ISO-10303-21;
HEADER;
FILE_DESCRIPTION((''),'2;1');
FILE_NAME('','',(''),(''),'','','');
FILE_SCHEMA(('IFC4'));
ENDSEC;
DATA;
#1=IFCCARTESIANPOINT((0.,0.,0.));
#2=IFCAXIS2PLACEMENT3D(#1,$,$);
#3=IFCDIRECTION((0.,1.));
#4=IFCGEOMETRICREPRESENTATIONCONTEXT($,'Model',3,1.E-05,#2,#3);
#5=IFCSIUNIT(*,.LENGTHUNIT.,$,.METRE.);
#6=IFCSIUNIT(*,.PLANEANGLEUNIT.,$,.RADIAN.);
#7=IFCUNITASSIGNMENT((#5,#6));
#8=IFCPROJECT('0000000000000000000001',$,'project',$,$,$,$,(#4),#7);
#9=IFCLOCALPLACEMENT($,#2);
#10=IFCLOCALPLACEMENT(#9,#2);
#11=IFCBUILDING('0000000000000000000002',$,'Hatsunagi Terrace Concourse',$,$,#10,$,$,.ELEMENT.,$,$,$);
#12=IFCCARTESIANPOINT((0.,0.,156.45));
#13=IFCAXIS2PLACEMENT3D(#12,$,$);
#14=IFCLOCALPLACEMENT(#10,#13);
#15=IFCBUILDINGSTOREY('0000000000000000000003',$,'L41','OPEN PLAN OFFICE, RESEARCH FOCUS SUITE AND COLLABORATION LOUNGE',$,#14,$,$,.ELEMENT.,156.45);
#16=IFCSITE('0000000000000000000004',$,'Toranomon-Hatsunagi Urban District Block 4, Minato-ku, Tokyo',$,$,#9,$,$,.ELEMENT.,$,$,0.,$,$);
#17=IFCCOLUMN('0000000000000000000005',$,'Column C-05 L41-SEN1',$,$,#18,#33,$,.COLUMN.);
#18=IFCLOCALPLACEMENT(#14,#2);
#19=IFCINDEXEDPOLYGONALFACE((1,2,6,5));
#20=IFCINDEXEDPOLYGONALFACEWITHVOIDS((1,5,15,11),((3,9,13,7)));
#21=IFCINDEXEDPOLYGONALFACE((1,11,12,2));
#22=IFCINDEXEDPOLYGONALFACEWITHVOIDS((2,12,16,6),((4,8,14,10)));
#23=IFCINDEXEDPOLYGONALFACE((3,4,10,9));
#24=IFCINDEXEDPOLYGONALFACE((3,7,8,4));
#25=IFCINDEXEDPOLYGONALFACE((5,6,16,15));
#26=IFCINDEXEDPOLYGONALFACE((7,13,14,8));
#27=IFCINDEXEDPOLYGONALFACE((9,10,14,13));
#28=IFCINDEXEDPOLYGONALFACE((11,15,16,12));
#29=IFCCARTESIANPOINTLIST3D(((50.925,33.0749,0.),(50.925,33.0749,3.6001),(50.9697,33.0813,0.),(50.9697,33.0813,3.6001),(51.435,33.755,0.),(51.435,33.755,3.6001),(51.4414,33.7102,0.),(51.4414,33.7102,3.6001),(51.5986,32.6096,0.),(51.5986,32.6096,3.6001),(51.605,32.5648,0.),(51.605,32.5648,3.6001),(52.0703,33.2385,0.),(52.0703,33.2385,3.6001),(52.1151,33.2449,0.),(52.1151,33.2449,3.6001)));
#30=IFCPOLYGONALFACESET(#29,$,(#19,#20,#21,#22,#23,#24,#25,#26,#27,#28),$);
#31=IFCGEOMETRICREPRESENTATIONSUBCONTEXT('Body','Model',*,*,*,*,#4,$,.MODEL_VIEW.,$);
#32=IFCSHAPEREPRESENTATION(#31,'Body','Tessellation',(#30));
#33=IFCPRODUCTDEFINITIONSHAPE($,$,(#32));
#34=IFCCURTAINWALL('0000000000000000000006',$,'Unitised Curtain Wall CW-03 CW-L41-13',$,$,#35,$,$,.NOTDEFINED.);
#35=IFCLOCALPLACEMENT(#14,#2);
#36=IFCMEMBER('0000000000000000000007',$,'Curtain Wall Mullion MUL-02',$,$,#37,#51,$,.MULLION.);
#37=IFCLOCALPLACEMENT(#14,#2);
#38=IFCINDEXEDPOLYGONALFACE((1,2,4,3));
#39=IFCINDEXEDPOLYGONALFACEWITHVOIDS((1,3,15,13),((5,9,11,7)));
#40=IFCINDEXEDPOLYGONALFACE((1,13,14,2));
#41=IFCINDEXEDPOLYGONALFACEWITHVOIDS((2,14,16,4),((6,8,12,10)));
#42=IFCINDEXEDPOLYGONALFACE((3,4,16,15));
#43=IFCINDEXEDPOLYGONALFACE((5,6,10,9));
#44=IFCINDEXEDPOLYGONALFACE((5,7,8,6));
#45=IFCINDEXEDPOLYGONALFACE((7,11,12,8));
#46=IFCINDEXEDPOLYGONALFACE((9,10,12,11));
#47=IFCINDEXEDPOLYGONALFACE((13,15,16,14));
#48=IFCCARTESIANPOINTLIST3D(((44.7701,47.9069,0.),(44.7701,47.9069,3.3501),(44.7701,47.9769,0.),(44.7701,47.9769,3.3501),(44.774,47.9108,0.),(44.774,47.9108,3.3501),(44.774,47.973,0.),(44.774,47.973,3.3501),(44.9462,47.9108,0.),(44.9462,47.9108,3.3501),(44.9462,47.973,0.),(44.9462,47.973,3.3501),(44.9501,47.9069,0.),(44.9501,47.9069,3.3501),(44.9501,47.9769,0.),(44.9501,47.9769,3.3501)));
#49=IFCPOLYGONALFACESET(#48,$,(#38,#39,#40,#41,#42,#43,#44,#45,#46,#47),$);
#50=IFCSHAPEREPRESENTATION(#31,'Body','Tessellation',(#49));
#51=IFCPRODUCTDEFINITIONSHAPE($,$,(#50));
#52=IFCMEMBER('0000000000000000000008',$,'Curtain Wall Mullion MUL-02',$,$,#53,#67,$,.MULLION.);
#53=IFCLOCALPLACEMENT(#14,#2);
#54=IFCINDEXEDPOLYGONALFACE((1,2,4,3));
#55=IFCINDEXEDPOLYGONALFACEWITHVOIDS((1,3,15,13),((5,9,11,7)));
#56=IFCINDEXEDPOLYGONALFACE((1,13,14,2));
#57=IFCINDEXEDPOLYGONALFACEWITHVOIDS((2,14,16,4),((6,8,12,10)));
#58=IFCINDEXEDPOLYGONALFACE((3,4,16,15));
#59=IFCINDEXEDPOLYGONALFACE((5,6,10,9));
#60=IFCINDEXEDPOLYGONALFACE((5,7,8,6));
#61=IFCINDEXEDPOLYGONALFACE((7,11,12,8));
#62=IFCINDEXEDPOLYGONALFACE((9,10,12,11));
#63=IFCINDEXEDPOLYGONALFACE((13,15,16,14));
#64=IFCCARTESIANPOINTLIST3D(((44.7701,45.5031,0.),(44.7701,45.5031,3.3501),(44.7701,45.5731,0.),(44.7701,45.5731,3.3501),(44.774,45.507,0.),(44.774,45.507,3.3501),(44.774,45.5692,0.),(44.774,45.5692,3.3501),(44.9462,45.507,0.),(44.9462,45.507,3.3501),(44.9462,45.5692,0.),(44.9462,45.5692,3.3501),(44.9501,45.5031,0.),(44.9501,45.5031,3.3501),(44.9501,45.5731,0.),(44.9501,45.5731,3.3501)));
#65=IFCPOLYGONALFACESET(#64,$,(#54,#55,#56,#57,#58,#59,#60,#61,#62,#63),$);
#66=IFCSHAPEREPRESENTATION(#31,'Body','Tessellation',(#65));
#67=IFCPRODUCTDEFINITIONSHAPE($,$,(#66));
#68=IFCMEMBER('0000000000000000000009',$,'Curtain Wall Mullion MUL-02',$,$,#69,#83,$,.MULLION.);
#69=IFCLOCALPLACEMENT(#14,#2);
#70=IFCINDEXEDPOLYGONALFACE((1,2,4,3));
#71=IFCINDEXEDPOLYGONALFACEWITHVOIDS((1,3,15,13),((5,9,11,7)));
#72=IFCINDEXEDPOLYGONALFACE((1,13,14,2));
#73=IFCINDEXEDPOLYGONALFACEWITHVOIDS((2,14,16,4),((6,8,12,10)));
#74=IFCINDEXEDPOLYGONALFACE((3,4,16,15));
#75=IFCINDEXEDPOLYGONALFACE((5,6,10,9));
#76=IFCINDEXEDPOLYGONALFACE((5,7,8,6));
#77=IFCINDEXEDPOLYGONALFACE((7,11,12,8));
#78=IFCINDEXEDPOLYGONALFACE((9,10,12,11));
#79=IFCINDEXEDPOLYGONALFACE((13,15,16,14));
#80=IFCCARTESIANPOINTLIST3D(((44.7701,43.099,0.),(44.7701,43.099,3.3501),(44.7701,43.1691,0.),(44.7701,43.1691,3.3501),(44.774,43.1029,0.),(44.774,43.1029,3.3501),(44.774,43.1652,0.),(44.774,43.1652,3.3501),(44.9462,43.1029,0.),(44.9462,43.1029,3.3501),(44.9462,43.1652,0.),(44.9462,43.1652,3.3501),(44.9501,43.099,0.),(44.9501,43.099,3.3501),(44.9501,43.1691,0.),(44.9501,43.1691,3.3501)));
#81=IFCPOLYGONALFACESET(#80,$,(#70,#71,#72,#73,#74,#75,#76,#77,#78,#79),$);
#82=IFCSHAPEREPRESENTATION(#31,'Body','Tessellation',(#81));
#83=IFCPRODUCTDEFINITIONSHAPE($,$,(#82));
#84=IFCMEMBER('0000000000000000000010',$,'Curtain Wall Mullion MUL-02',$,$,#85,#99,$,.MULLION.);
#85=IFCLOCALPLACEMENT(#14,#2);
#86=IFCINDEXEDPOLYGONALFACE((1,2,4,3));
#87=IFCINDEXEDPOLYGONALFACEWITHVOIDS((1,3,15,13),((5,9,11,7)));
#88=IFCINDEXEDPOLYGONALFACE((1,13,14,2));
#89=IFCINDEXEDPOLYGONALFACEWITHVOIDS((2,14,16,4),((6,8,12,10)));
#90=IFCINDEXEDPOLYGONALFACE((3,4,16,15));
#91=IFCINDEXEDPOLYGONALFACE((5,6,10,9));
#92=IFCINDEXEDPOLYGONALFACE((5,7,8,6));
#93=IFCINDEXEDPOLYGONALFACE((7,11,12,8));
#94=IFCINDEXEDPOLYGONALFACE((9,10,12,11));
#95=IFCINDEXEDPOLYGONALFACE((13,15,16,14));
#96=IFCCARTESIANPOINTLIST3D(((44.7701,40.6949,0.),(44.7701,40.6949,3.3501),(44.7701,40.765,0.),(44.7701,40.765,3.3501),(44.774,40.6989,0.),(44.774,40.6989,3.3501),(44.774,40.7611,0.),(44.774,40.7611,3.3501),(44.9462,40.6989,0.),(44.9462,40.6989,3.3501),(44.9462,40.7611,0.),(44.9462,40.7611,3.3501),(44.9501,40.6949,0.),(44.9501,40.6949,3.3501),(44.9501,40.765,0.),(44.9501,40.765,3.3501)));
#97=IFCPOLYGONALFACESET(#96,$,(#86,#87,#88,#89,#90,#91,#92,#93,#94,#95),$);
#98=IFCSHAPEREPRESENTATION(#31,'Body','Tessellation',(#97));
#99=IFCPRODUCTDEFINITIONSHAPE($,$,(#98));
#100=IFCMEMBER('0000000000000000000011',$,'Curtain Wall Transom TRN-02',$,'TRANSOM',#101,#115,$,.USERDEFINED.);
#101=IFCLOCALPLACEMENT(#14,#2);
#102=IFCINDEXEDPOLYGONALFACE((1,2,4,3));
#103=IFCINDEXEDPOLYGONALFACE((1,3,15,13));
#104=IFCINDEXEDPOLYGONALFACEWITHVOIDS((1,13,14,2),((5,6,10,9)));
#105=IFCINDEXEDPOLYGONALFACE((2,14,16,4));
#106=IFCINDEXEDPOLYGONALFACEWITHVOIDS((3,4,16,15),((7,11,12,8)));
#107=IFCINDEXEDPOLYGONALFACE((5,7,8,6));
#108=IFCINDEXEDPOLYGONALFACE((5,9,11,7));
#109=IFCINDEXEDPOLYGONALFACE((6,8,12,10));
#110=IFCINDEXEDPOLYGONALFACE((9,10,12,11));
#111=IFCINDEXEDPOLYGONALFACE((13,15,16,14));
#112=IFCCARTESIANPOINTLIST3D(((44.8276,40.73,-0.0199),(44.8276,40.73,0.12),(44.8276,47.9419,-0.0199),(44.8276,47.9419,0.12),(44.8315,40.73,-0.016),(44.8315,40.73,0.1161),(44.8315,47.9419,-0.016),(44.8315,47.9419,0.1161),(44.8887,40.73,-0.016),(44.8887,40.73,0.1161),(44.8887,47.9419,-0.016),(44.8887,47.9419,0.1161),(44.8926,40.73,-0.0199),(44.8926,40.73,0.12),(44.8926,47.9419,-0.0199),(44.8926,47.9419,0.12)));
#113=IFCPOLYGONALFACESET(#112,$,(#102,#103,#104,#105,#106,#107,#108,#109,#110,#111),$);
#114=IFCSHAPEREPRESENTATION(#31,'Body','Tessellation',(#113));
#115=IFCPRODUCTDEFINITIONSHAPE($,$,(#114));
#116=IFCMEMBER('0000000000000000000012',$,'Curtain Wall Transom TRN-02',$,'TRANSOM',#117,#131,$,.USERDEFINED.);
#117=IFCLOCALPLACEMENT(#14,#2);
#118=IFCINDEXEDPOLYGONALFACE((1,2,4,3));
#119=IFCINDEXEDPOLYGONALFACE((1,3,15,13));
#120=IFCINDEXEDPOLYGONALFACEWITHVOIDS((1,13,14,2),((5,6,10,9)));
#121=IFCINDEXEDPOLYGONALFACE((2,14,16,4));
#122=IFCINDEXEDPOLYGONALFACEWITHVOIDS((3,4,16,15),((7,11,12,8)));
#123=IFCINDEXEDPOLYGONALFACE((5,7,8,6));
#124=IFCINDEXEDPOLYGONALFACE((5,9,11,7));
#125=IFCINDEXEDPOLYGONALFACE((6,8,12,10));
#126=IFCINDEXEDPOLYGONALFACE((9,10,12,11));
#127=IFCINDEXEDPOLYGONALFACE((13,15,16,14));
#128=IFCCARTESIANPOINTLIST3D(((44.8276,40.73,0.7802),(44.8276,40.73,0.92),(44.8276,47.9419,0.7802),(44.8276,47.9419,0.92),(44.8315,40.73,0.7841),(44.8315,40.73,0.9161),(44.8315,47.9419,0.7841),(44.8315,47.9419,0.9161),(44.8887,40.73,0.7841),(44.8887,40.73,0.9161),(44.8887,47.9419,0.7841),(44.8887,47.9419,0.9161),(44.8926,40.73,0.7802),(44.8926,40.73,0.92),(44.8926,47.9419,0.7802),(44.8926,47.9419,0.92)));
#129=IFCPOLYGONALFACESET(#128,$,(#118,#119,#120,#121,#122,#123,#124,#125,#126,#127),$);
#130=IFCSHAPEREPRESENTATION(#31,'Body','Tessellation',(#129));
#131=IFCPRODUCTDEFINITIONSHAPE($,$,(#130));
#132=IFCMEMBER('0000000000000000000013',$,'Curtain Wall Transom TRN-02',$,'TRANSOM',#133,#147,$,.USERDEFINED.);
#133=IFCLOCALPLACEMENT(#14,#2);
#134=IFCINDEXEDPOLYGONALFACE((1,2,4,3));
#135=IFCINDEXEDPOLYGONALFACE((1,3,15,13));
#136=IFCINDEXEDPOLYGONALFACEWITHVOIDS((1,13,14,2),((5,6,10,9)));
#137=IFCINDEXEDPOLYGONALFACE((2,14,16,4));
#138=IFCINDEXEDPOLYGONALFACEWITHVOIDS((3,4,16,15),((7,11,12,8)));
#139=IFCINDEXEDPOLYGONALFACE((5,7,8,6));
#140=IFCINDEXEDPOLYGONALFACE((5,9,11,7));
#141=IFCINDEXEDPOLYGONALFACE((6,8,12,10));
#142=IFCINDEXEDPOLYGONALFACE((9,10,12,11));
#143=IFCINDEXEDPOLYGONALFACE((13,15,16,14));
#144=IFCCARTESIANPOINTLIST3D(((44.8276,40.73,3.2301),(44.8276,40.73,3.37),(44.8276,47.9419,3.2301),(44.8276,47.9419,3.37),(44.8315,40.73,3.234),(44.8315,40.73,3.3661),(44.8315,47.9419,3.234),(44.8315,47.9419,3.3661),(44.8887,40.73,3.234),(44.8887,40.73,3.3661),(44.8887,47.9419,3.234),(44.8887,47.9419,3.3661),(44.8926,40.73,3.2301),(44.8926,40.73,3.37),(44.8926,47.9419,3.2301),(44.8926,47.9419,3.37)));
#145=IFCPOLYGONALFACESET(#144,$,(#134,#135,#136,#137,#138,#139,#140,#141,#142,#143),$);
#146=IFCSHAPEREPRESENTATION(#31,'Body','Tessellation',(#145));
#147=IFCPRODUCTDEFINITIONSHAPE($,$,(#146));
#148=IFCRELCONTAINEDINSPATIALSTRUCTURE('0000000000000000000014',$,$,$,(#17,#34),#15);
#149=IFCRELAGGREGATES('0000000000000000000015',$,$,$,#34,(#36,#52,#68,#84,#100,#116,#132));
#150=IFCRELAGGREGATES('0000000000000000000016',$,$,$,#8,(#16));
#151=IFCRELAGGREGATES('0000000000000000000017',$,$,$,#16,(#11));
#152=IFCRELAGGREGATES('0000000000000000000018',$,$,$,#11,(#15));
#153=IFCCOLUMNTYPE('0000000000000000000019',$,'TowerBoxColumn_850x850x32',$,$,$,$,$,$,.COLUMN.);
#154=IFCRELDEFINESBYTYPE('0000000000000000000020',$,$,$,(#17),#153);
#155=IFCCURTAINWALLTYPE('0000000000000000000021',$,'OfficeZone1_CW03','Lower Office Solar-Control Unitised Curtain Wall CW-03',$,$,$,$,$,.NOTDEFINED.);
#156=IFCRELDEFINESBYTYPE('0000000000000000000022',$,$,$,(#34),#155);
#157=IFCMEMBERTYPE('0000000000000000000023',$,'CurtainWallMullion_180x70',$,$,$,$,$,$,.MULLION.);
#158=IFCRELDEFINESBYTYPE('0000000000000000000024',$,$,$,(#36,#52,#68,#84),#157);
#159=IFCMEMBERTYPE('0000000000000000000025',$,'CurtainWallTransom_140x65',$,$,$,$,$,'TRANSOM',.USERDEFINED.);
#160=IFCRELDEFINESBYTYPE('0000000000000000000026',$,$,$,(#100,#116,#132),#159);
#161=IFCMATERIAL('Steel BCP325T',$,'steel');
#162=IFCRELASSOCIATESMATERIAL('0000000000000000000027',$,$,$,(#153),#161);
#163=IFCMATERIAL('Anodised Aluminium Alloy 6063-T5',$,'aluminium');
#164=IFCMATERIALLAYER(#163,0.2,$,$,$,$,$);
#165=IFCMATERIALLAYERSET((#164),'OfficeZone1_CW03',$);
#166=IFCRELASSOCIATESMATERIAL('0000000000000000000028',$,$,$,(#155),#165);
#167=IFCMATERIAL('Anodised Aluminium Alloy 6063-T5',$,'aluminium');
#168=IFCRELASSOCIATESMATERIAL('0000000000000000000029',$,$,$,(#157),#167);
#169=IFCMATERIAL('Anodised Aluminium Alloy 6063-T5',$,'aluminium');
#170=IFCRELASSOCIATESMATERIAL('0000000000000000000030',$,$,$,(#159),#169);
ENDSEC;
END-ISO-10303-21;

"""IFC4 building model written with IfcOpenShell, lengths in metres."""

from ifc_helpers import new_model, si_unit, direction, frame, origin, origin_2d, place, context, subcontext, project, spatial, hollow_rectangle, extrude, material, layer, layer_set, material_profile, profile_set, type_object, element, aggregate, save


model = new_model("IFC4")

# Units and contexts
model_context = context("Model", 3, precision=1e-05, world=origin(), true_north=direction((0.0, 1.0)))
body_context = subcontext(model_context, "Body", "Model", "MODEL_VIEW")
ifc_project = project(units=[si_unit("LENGTHUNIT", "METRE"), si_unit("PLANEANGLEUNIT", "RADIAN")], contexts=[model_context])

# Site, building, storey
site_placement = place(None, origin())
site = spatial("IfcSite", under=ifc_project, at=site_placement, Name="Toranomon-Hatsunagi Urban District Block 4, Minato-ku, Tokyo", CompositionType="ELEMENT", RefElevation=0.0)
building_placement = place(site_placement, origin())
building = spatial("IfcBuilding", under=site, at=building_placement, Name="Hatsunagi Terrace Concourse", CompositionType="ELEMENT")
storey_placement = place(building_placement, frame((0.0, 0.0, 156.45)))
storey = spatial("IfcBuildingStorey", under=building, at=storey_placement, Name="L41", Description="OPEN PLAN OFFICE, RESEARCH FOCUS SUITE AND COLLABORATION LOUNGE", CompositionType="ELEMENT", Elevation=156.45)

# Column
ifc_material_1 = material(Name="Steel BCP325T", Category="steel")
ifc_material_profile_1 = material_profile(ifc_material_1, hollow_rectangle(XDim=0.8501, YDim=0.8501, WallThickness=0.032, at=origin_2d()), Name="BCP-850x850x32")
ifc_profile_set_1 = profile_set([ifc_material_profile_1], Name="Steel BCP325T")
column_type = type_object("IfcColumnType", Name="TowerBoxColumn_850x850x32", PredefinedType="COLUMN", material=ifc_profile_set_1)
column_placement = place(storey_placement, frame((51.52, 33.1599, 0.0), z_axis=(0.0, 0.0, 1.0), x_axis=(0.8, -0.6, 0.0)))
element("IfcColumn", 1, at=column_placement, inside=storey, type_object=column_type, Name="Column C-05 L41-SEN1", PredefinedType="COLUMN", context=body_context, shape_type="SweptSolid", body=[
    extrude(hollow_rectangle(XDim=0.8501, YDim=0.8501, WallThickness=0.032, at=origin_2d()), origin(), (0.0, 0.0, 1.0), 3.6001),
])

# Curtain wall, members
ifc_material_2 = material(Name="Anodised Aluminium Alloy 6063-T5", Category="aluminium")
ifc_layer_1 = layer(ifc_material_2, 0.2)
ifc_layer_set_1 = layer_set([ifc_layer_1], Name="OfficeZone1_CW03")
curtain_wall_type = type_object("IfcCurtainWallType", Name="OfficeZone1_CW03", Description="Lower Office Solar-Control Unitised Curtain Wall CW-03", PredefinedType="NOTDEFINED", material=ifc_layer_set_1)
curtain_wall_placement = place(storey_placement, origin())
curtain_wall = element("IfcCurtainWall", 2, at=curtain_wall_placement, inside=storey, type_object=curtain_wall_type, Name="Unitised Curtain Wall CW-03 CW-L41-13", PredefinedType="NOTDEFINED")
ifc_material_3 = material(Name="Anodised Aluminium Alloy 6063-T5", Category="aluminium")
ifc_material_profile_2 = material_profile(ifc_material_3, hollow_rectangle(XDim=0.0701, YDim=0.1799, WallThickness=0.0039, at=origin_2d()), Name="ALU-MUL-180x70x4")
ifc_profile_set_2 = profile_set([ifc_material_profile_2], Name="Anodised Aluminium Alloy 6063-T5")
member_type_1 = type_object("IfcMemberType", Name="CurtainWallMullion_180x70", PredefinedType="MULLION", material=ifc_profile_set_2)
member_1_placement = place(storey_placement, frame((44.8601, 47.9419, 0.0), z_axis=(0.0, 0.0, 1.0), x_axis=(0.0, -1.0, 0.0)))
member_1 = element("IfcMember", 3, at=member_1_placement, type_object=member_type_1, Name="Curtain Wall Mullion MUL-02", PredefinedType="MULLION", context=body_context, shape_type="SweptSolid", body=[
    extrude(hollow_rectangle(XDim=0.0701, YDim=0.1799, WallThickness=0.0039, at=origin_2d()), origin(), (0.0, 0.0, 1.0), 3.3501),
])
member_2_placement = place(storey_placement, frame((44.8601, 45.5381, 0.0), z_axis=(0.0, 0.0, 1.0), x_axis=(0.0, -1.0, 0.0)))
member_2 = element("IfcMember", 4, at=member_2_placement, type_object=member_type_1, Name="Curtain Wall Mullion MUL-02", PredefinedType="MULLION", context=body_context, shape_type="SweptSolid", body=[
    extrude(hollow_rectangle(XDim=0.0701, YDim=0.1799, WallThickness=0.0039, at=origin_2d()), origin(), (0.0, 0.0, 1.0), 3.3501),
])
member_3_placement = place(storey_placement, frame((44.8601, 43.134, 0.0), z_axis=(0.0, 0.0, 1.0), x_axis=(0.0, -1.0, 0.0)))
member_3 = element("IfcMember", 5, at=member_3_placement, type_object=member_type_1, Name="Curtain Wall Mullion MUL-02", PredefinedType="MULLION", context=body_context, shape_type="SweptSolid", body=[
    extrude(hollow_rectangle(XDim=0.0701, YDim=0.1799, WallThickness=0.0039, at=origin_2d()), origin(), (0.0, 0.0, 1.0), 3.3501),
])
member_4_placement = place(storey_placement, frame((44.8601, 40.73, 0.0), z_axis=(0.0, 0.0, 1.0), x_axis=(0.0, -1.0, 0.0)))
member_4 = element("IfcMember", 6, at=member_4_placement, type_object=member_type_1, Name="Curtain Wall Mullion MUL-02", PredefinedType="MULLION", context=body_context, shape_type="SweptSolid", body=[
    extrude(hollow_rectangle(XDim=0.0701, YDim=0.1799, WallThickness=0.0039, at=origin_2d()), origin(), (0.0, 0.0, 1.0), 3.3501),
])
ifc_material_4 = material(Name="Anodised Aluminium Alloy 6063-T5", Category="aluminium")
ifc_material_profile_3 = material_profile(ifc_material_4, hollow_rectangle(XDim=0.0649, YDim=0.1399, WallThickness=0.0039, at=origin_2d()), Name="ALU-TRN-140x65x4")
ifc_profile_set_3 = profile_set([ifc_material_profile_3], Name="Anodised Aluminium Alloy 6063-T5")
member_type_2 = type_object("IfcMemberType", Name="CurtainWallTransom_140x65", ElementType="TRANSOM", PredefinedType="USERDEFINED", material=ifc_profile_set_3)
member_5_placement = place(storey_placement, frame((44.8601, 47.9419, 0.05), z_axis=(0.0, -1.0, 0.0), x_axis=(1.0, 0.0, 0.0)))
member_5 = element("IfcMember", 7, at=member_5_placement, type_object=member_type_2, Name="Curtain Wall Transom TRN-02", ObjectType="TRANSOM", PredefinedType="USERDEFINED", context=body_context, shape_type="SweptSolid", body=[
    extrude(hollow_rectangle(XDim=0.0649, YDim=0.1399, WallThickness=0.0039, at=origin_2d()), origin(), (0.0, 0.0, 1.0), 7.2119),
])
member_6_placement = place(storey_placement, frame((44.8601, 47.9419, 0.8501), z_axis=(0.0, -1.0, 0.0), x_axis=(1.0, 0.0, 0.0)))
member_6 = element("IfcMember", 8, at=member_6_placement, type_object=member_type_2, Name="Curtain Wall Transom TRN-02", ObjectType="TRANSOM", PredefinedType="USERDEFINED", context=body_context, shape_type="SweptSolid", body=[
    extrude(hollow_rectangle(XDim=0.0649, YDim=0.1399, WallThickness=0.0039, at=origin_2d()), origin(), (0.0, 0.0, 1.0), 7.2119),
])
member_7_placement = place(storey_placement, frame((44.8601, 47.9419, 3.3), z_axis=(0.0, -1.0, 0.0), x_axis=(1.0, 0.0, 0.0)))
member_7 = element("IfcMember", 9, at=member_7_placement, type_object=member_type_2, Name="Curtain Wall Transom TRN-02", ObjectType="TRANSOM", PredefinedType="USERDEFINED", context=body_context, shape_type="SweptSolid", body=[
    extrude(hollow_rectangle(XDim=0.0649, YDim=0.1399, WallThickness=0.0039, at=origin_2d()), origin(), (0.0, 0.0, 1.0), 7.2119),
])

aggregate(curtain_wall, [member_1, member_2, member_3, member_4, member_5, member_6, member_7])

save(model, "model.ifc")
